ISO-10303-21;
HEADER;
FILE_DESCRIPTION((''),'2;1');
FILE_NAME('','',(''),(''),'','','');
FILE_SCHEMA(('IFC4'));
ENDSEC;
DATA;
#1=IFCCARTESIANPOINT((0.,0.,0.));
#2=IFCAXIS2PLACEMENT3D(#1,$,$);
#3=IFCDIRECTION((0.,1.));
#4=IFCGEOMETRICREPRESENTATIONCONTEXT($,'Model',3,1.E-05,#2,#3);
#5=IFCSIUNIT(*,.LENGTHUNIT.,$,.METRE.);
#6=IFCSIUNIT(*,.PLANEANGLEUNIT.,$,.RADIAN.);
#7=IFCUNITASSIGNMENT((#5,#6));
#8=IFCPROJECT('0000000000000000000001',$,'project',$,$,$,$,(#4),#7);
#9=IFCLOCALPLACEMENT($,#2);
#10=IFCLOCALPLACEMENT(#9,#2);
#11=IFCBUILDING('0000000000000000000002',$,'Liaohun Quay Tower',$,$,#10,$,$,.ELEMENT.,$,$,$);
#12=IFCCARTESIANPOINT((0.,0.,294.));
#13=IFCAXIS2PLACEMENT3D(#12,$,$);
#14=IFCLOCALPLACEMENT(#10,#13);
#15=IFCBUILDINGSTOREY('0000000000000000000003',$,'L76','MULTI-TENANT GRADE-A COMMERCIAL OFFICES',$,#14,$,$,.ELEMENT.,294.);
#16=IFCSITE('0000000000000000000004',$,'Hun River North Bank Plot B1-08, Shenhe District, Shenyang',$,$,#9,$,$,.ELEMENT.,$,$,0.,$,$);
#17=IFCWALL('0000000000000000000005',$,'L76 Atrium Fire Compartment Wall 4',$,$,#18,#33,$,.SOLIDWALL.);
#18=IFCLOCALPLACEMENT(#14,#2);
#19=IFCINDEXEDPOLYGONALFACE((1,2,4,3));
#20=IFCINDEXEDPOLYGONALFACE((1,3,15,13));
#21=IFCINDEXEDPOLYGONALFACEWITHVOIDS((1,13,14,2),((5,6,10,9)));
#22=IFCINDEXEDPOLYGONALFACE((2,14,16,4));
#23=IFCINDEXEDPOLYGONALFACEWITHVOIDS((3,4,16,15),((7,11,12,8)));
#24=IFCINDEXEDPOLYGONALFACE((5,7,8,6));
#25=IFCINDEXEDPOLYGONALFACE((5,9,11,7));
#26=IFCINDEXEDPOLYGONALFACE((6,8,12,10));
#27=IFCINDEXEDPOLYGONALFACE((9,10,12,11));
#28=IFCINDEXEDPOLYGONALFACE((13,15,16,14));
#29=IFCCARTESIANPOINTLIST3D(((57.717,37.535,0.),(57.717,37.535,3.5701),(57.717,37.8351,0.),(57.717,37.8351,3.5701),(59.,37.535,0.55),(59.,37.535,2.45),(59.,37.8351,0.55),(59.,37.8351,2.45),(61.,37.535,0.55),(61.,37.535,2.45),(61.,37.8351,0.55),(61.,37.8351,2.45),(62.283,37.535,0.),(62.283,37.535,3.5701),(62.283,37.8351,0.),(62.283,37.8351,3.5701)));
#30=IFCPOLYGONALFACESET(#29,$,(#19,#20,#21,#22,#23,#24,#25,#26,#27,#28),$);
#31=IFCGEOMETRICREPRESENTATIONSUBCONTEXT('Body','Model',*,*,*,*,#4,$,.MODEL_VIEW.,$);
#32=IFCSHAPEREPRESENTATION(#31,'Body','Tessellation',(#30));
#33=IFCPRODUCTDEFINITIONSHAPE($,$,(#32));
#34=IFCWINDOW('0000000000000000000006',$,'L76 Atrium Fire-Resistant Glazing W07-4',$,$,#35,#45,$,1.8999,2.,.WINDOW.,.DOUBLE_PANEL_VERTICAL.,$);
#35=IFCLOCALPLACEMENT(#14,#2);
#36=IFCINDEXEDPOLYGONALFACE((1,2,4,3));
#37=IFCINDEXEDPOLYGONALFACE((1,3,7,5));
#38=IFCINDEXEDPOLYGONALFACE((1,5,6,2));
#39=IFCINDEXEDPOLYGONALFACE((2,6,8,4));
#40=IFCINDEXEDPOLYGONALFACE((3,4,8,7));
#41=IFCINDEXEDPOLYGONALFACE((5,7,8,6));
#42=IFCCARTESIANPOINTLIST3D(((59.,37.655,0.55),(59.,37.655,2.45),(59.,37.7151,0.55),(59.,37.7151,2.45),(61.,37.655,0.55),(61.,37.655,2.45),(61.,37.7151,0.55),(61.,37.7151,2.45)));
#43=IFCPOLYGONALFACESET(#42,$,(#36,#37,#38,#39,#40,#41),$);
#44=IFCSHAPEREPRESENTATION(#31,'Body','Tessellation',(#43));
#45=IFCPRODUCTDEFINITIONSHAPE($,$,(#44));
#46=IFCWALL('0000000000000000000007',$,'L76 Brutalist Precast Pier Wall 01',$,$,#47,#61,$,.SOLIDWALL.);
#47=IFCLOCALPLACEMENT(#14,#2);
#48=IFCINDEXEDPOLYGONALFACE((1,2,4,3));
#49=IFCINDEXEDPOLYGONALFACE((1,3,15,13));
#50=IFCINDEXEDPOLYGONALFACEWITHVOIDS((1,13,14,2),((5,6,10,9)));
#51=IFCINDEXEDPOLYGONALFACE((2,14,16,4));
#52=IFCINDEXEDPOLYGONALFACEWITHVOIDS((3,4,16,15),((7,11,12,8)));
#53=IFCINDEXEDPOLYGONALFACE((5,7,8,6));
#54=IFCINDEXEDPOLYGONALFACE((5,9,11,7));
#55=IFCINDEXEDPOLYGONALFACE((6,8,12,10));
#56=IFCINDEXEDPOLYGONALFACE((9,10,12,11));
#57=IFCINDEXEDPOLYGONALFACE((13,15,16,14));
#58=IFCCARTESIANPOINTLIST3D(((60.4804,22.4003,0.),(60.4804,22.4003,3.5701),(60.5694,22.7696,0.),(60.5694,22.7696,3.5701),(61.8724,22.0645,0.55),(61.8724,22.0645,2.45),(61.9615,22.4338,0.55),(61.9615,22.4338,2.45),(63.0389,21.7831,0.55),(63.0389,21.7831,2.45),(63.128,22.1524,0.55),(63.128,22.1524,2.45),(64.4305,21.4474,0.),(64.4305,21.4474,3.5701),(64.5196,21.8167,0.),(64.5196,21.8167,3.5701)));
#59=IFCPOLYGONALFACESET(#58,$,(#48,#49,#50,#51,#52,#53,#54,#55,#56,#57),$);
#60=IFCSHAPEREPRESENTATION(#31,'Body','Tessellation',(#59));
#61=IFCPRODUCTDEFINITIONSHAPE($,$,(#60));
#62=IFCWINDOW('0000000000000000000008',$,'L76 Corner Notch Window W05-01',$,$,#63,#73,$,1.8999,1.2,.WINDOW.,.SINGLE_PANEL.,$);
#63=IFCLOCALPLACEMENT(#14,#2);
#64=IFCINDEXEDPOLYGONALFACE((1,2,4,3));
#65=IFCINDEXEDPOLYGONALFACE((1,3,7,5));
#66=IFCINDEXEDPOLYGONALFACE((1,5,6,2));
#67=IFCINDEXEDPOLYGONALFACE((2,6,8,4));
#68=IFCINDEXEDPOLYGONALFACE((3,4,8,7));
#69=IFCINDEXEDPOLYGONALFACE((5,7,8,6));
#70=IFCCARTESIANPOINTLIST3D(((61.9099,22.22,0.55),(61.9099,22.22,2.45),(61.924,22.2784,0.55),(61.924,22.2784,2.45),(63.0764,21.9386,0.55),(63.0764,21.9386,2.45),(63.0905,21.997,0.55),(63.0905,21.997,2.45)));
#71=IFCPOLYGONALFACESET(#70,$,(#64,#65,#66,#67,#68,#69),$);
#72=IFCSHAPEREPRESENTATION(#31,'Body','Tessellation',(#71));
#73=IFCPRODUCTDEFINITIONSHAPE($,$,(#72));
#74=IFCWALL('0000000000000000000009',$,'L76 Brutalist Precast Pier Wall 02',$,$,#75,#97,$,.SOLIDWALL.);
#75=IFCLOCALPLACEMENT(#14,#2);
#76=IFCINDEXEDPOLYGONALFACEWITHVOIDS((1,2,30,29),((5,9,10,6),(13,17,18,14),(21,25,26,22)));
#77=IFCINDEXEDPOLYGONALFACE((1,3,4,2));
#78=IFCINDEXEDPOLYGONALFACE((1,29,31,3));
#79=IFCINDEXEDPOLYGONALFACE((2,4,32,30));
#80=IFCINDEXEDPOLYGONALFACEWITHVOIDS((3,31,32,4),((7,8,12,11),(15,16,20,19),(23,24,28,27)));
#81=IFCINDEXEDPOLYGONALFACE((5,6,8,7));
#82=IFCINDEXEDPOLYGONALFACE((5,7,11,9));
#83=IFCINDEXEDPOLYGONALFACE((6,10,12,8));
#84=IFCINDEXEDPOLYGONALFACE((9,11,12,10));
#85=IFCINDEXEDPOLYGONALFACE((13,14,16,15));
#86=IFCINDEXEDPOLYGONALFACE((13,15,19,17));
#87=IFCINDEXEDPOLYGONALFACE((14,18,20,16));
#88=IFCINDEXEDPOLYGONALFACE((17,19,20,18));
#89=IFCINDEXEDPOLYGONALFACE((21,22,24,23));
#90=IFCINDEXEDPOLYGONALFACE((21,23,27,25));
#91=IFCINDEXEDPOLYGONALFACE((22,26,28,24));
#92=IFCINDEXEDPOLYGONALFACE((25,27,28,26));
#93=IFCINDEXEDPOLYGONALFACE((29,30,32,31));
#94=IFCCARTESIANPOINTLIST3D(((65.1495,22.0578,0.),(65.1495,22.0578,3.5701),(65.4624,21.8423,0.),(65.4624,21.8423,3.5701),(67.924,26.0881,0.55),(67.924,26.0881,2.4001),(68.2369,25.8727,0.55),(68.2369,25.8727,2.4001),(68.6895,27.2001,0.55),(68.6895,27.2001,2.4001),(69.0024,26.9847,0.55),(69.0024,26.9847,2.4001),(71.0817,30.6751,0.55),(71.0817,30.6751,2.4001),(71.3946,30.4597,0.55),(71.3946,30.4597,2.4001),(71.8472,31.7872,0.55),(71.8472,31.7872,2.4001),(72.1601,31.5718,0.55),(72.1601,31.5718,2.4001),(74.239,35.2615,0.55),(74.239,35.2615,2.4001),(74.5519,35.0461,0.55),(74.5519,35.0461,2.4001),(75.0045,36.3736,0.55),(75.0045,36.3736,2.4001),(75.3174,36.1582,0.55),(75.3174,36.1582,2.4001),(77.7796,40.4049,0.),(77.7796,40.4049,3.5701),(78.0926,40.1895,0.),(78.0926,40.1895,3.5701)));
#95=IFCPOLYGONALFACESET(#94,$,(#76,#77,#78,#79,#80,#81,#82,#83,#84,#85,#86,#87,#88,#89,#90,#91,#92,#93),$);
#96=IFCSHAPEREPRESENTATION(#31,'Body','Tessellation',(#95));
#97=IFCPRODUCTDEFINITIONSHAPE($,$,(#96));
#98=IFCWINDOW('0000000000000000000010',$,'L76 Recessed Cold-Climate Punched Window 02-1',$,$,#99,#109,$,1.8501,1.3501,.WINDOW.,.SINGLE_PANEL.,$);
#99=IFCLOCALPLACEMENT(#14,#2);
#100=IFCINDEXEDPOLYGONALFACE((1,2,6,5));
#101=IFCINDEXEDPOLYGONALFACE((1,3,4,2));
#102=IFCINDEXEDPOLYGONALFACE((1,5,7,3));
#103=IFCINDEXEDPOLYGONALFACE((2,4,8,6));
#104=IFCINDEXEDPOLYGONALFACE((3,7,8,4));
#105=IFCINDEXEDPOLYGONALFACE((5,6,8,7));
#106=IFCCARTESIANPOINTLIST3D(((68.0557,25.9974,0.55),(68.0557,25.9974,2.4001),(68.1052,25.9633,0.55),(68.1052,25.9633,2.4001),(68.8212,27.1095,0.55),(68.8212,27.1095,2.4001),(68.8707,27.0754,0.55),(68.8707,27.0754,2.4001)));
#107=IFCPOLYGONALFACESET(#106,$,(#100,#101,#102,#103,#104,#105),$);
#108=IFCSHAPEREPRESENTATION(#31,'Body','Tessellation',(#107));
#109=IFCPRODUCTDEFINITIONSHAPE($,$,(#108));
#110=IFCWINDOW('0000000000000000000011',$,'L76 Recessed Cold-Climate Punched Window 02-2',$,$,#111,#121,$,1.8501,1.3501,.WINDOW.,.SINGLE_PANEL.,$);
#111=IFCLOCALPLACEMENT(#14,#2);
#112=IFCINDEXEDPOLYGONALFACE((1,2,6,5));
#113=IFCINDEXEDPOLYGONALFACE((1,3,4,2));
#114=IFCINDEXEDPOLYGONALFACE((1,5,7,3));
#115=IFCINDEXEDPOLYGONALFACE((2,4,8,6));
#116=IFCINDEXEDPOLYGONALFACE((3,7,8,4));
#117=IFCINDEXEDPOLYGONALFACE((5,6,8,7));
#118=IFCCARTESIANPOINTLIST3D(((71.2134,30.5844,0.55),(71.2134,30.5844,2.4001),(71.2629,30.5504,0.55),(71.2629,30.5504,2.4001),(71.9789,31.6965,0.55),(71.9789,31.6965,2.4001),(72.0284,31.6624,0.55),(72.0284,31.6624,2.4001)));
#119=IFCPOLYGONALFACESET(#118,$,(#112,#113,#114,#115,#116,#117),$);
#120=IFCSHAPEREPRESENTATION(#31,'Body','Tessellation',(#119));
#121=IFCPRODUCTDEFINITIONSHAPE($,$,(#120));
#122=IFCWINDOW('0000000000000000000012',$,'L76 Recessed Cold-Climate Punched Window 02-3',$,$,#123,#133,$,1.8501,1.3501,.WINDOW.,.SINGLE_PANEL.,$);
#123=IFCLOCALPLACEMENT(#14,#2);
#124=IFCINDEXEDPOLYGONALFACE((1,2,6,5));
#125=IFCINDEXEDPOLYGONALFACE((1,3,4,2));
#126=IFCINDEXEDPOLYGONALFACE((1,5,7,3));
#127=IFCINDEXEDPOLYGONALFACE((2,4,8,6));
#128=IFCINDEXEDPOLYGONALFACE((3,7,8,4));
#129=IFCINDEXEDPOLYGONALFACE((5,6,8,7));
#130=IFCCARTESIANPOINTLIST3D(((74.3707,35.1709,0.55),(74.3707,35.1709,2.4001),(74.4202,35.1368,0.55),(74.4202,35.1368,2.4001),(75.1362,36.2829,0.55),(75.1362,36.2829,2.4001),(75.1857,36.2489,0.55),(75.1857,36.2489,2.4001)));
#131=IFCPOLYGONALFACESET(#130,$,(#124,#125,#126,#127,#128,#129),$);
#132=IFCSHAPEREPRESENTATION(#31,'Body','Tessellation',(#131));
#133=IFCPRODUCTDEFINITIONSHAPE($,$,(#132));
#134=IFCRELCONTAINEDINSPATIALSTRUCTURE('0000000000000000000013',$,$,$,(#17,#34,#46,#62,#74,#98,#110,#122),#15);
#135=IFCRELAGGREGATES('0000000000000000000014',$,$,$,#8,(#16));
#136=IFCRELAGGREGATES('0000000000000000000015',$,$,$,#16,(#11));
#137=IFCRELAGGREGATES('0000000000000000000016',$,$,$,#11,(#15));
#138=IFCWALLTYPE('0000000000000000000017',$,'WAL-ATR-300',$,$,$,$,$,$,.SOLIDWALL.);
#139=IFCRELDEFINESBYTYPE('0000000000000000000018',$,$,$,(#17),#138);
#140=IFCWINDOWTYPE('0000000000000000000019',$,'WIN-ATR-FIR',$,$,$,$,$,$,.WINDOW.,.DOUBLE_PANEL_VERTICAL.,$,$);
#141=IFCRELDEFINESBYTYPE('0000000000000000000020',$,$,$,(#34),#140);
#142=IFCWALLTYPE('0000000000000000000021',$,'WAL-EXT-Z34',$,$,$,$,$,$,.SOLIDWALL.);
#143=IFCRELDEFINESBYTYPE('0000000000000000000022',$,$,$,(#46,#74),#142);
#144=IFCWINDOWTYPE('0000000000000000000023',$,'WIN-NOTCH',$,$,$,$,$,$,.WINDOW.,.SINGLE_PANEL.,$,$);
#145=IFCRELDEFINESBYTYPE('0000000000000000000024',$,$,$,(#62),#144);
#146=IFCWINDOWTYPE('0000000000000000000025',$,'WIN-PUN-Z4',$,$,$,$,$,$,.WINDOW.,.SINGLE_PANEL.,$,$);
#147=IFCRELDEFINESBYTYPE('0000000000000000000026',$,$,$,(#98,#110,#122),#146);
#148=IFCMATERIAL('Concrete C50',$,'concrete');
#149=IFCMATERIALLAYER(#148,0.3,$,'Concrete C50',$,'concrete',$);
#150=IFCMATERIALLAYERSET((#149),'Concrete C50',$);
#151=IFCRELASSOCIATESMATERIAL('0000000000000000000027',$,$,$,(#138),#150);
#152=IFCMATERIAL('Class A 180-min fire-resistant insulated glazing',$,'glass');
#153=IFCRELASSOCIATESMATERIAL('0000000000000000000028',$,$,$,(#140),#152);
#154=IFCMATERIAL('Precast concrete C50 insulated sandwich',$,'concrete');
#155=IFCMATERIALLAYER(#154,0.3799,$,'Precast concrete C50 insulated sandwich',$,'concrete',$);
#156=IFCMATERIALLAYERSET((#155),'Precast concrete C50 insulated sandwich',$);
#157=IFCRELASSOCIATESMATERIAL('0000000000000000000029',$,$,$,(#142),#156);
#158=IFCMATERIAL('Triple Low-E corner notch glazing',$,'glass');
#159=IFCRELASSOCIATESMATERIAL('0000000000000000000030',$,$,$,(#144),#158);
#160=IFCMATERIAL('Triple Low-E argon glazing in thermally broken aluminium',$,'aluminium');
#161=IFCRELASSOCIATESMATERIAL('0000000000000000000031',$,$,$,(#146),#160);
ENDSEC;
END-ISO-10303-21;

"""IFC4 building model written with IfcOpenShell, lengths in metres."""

from ifc_helpers import new_model, si_unit, direction, frame, frame_2d, origin, place, context, subcontext, project, spatial, rectangle, extrude, source, transform, mapped, material, layer, layer_set, type_object, element, fill, save


model = new_model("IFC4")

# Units and contexts
model_context = context("Model", 3, precision=1e-05, world=origin(), true_north=direction((0.0, 1.0)))
body_context = subcontext(model_context, "Body", "Model", "MODEL_VIEW")
ifc_project = project(units=[si_unit("LENGTHUNIT", "METRE"), si_unit("PLANEANGLEUNIT", "RADIAN")], contexts=[model_context])

# Site, building, storey
site_placement = place(None, origin())
site = spatial("IfcSite", under=ifc_project, at=site_placement, Name="Hun River North Bank Plot B1-08, Shenhe District, Shenyang", CompositionType="ELEMENT", RefElevation=0.0)
building_placement = place(site_placement, origin())
building = spatial("IfcBuilding", under=site, at=building_placement, Name="Liaohun Quay Tower", CompositionType="ELEMENT")
storey_placement = place(building_placement, frame((0.0, 0.0, 294.0)))
storey = spatial("IfcBuildingStorey", under=building, at=storey_placement, Name="L76", Description="MULTI-TENANT GRADE-A COMMERCIAL OFFICES", CompositionType="ELEMENT", Elevation=294.0)

# Shared definitions
ifc_material_1 = material(Name="Concrete C50", Category="concrete")

# Walls, openings, windows
ifc_layer_1 = layer(ifc_material_1, 0.3, Name="Concrete C50", Category="concrete")
ifc_layer_set_1 = layer_set([ifc_layer_1], Name="Concrete C50")
wall_type_1 = type_object("IfcWallType", Name="WAL-ATR-300", PredefinedType="SOLIDWALL", material=ifc_layer_set_1)
shared_shape_1 = source(origin(), body_context, "Body", "SweptSolid", [
    extrude(rectangle(XDim=2.0, YDim=1.8999, at=frame_2d((1.0, 0.95))), frame((0.0, 0.1599, 0.0), z_axis=(0.0, -1.0, 0.0), x_axis=(1.0, 0.0, 0.0)), (0.0, 0.0, 1.0), 0.3201),
])
ifc_material_2 = material(Name="Class A 180-min fire-resistant insulated glazing", Category="glass")
window_type_1 = type_object("IfcWindowType", Name="WIN-ATR-FIR", PartitioningType="DOUBLE_PANEL_VERTICAL", PredefinedType="WINDOW", material=ifc_material_2)
shared_shape_2 = source(origin(), body_context, "Body", "SweptSolid", [
    extrude(rectangle(XDim=2.0, YDim=1.8999, at=frame_2d((1.0, 0.95))), frame((0.0, 0.03, 0.0), z_axis=(0.0, -1.0, 0.0), x_axis=(1.0, 0.0, 0.0)), (0.0, 0.0, 1.0), 0.0601),
])
wall_1_placement = place(storey_placement, frame((62.283, 37.6851, 0.0), z_axis=(0.0, 0.0, 1.0), x_axis=(-1.0, 0.0, 0.0)))
wall_1 = element("IfcWall", 1, at=wall_1_placement, inside=storey, type_object=wall_type_1, Name="L76 Atrium Fire Compartment Wall 4", PredefinedType="SOLIDWALL", context=body_context, shape_type="SweptSolid", body=[
    extrude(rectangle(XDim=4.5659, YDim=0.3, at=frame_2d((2.283, 0.0))), origin(), (0.0, 0.0, 1.0), 3.5701),
])
opening_1_placement = place(wall_1_placement, frame((1.283, 0.0, 0.55)))
opening_1 = element("IfcOpeningElement", 2, at=opening_1_placement, cuts=wall_1, PredefinedType="OPENING", context=body_context, shape_type="MappedRepresentation", body=[
    mapped(shared_shape_1, transform((0.0, 0.0, 0.0), x_axis=(1.0, 0.0, 0.0), y_axis=(0.0, 1.0, 0.0), z_axis=(0.0, 0.0, 1.0), scale=1.0)),
])
window_1_placement = place(opening_1_placement, origin())
window_1 = element("IfcWindow", 3, at=window_1_placement, inside=storey, type_object=window_type_1, Name="L76 Atrium Fire-Resistant Glazing W07-4", OverallHeight=1.8999, OverallWidth=2.0, PartitioningType="DOUBLE_PANEL_VERTICAL", PredefinedType="WINDOW", context=body_context, shape_type="MappedRepresentation", body=[
    mapped(shared_shape_2, transform((0.0, 0.0, 0.0), x_axis=(1.0, 0.0, 0.0), y_axis=(0.0, 1.0, 0.0), z_axis=(0.0, 0.0, 1.0), scale=1.0)),
])
fill(opening_1, window_1)
ifc_material_3 = material(Name="Precast concrete C50 insulated sandwich", Category="concrete")
ifc_layer_2 = layer(ifc_material_3, 0.3799, Name="Precast concrete C50 insulated sandwich", Category="concrete")
ifc_layer_set_2 = layer_set([ifc_layer_2], Name="Precast concrete C50 insulated sandwich")
wall_type_2 = type_object("IfcWallType", Name="WAL-EXT-Z34", PredefinedType="SOLIDWALL", material=ifc_layer_set_2)
wall_2_placement = place(storey_placement, frame((60.5249, 22.585, 0.0), z_axis=(0.0, 0.0, 1.0), x_axis=(0.972117, -0.234498, 0.0)))
wall_2 = element("IfcWall", 4, at=wall_2_placement, inside=storey, type_object=wall_type_2, Name="L76 Brutalist Precast Pier Wall 01", PredefinedType="SOLIDWALL", context=body_context, shape_type="SweptSolid", body=[
    extrude(rectangle(XDim=4.0635, YDim=0.3799, at=frame_2d((2.0317, 0.0))), origin(), (0.0, 0.0, 1.0), 3.5701),
])
shared_shape_3 = source(origin(), body_context, "Body", "SweptSolid", [
    extrude(rectangle(XDim=1.2, YDim=1.8999, at=frame_2d((0.6001, 0.95))), frame((0.0, 0.2, 0.0), z_axis=(0.0, -1.0, 0.0), x_axis=(1.0, 0.0, 0.0)), (0.0, 0.0, 1.0), 0.3999),
])
opening_2_placement = place(wall_2_placement, frame((1.4319, 0.0, 0.55)))
opening_2 = element("IfcOpeningElement", 5, at=opening_2_placement, cuts=wall_2, PredefinedType="OPENING", context=body_context, shape_type="MappedRepresentation", body=[
    mapped(shared_shape_3, transform((0.0, 0.0, 0.0), x_axis=(1.0, 0.0, 0.0), y_axis=(0.0, 1.0, 0.0), z_axis=(0.0, 0.0, 1.0), scale=1.0)),
])
ifc_material_4 = material(Name="Triple Low-E corner notch glazing", Category="glass")
window_type_2 = type_object("IfcWindowType", Name="WIN-NOTCH", PartitioningType="SINGLE_PANEL", PredefinedType="WINDOW", material=ifc_material_4)
shared_shape_4 = source(origin(), body_context, "Body", "SweptSolid", [
    extrude(rectangle(XDim=1.2, YDim=1.8999, at=frame_2d((0.6001, 0.95))), frame((0.0, 0.03, 0.0), z_axis=(0.0, -1.0, 0.0), x_axis=(1.0, 0.0, 0.0)), (0.0, 0.0, 1.0), 0.0601),
])
window_2_placement = place(opening_2_placement, origin())
window_2 = element("IfcWindow", 6, at=window_2_placement, inside=storey, type_object=window_type_2, Name="L76 Corner Notch Window W05-01", OverallHeight=1.8999, OverallWidth=1.2, PartitioningType="SINGLE_PANEL", PredefinedType="WINDOW", context=body_context, shape_type="MappedRepresentation", body=[
    mapped(shared_shape_4, transform((0.0, 0.0, 0.0), x_axis=(1.0, 0.0, 0.0), y_axis=(0.0, 1.0, 0.0), z_axis=(0.0, 0.0, 1.0), scale=1.0)),
])
fill(opening_2, window_2)

# Wall, openings, windows
wall_3_placement = place(storey_placement, frame((65.3059, 21.95, 0.0), z_axis=(0.0, 0.0, 1.0), x_axis=(0.56703, 0.823697, 0.0)))
wall_3 = element("IfcWall", 7, at=wall_3_placement, inside=storey, type_object=wall_type_2, Name="L76 Brutalist Precast Pier Wall 02", PredefinedType="SOLIDWALL", context=body_context, shape_type="SweptSolid", body=[
    extrude(rectangle(XDim=22.2742, YDim=0.3799, at=frame_2d((11.1372, 0.0))), origin(), (0.0, 0.0, 1.0), 3.5701),
])
shared_shape_5 = source(origin(), body_context, "Body", "SweptSolid", [
    extrude(rectangle(XDim=1.3501, YDim=1.8501, at=frame_2d((0.675, 0.925))), frame((0.0, 0.2, 0.0), z_axis=(0.0, -1.0, 0.0), x_axis=(1.0, 0.0, 0.0)), (0.0, 0.0, 1.0), 0.3999),
])
opening_3_placement = place(wall_3_placement, frame((4.8931, 0.0, 0.55)))
opening_3 = element("IfcOpeningElement", 8, at=opening_3_placement, cuts=wall_3, PredefinedType="OPENING", context=body_context, shape_type="MappedRepresentation", body=[
    mapped(shared_shape_5, transform((0.0, 0.0, 0.0), x_axis=(1.0, 0.0, 0.0), y_axis=(0.0, 1.0, 0.0), z_axis=(0.0, 0.0, 1.0), scale=1.0)),
])
opening_4_placement = place(wall_3_placement, frame((10.4619, 0.0, 0.55)))
opening_4 = element("IfcOpeningElement", 9, at=opening_4_placement, cuts=wall_3, PredefinedType="OPENING", context=body_context, shape_type="MappedRepresentation", body=[
    mapped(shared_shape_5, transform((0.0, 0.0, 0.0), x_axis=(1.0, 0.0, 0.0), y_axis=(0.0, 1.0, 0.0), z_axis=(0.0, 0.0, 1.0), scale=1.0)),
])
opening_5_placement = place(wall_3_placement, frame((16.03, 0.0, 0.55)))
opening_5 = element("IfcOpeningElement", 10, at=opening_5_placement, cuts=wall_3, PredefinedType="OPENING", context=body_context, shape_type="MappedRepresentation", body=[
    mapped(shared_shape_5, transform((0.0, 0.0, 0.0), x_axis=(1.0, 0.0, 0.0), y_axis=(0.0, 1.0, 0.0), z_axis=(0.0, 0.0, 1.0), scale=1.0)),
])
ifc_material_5 = material(Name="Triple Low-E argon glazing in thermally broken aluminium", Category="aluminium")
window_type_3 = type_object("IfcWindowType", Name="WIN-PUN-Z4", PartitioningType="SINGLE_PANEL", PredefinedType="WINDOW", material=ifc_material_5)
shared_shape_6 = source(origin(), body_context, "Body", "SweptSolid", [
    extrude(rectangle(XDim=1.3501, YDim=1.8501, at=frame_2d((0.675, 0.925))), frame((0.0, 0.03, 0.0), z_axis=(0.0, -1.0, 0.0), x_axis=(1.0, 0.0, 0.0)), (0.0, 0.0, 1.0), 0.0601),
])
window_3_placement = place(opening_3_placement, origin())
window_3 = element("IfcWindow", 11, at=window_3_placement, inside=storey, type_object=window_type_3, Name="L76 Recessed Cold-Climate Punched Window 02-1", OverallHeight=1.8501, OverallWidth=1.3501, PartitioningType="SINGLE_PANEL", PredefinedType="WINDOW", context=body_context, shape_type="MappedRepresentation", body=[
    mapped(shared_shape_6, transform((0.0, 0.0, 0.0), x_axis=(1.0, 0.0, 0.0), y_axis=(0.0, 1.0, 0.0), z_axis=(0.0, 0.0, 1.0), scale=1.0)),
])
fill(opening_3, window_3)
window_4_placement = place(opening_4_placement, origin())
window_4 = element("IfcWindow", 12, at=window_4_placement, inside=storey, type_object=window_type_3, Name="L76 Recessed Cold-Climate Punched Window 02-2", OverallHeight=1.8501, OverallWidth=1.3501, PartitioningType="SINGLE_PANEL", PredefinedType="WINDOW", context=body_context, shape_type="MappedRepresentation", body=[
    mapped(shared_shape_6, transform((0.0, 0.0, 0.0), x_axis=(1.0, 0.0, 0.0), y_axis=(0.0, 1.0, 0.0), z_axis=(0.0, 0.0, 1.0), scale=1.0)),
])
fill(opening_4, window_4)
window_5_placement = place(opening_5_placement, origin())
window_5 = element("IfcWindow", 13, at=window_5_placement, inside=storey, type_object=window_type_3, Name="L76 Recessed Cold-Climate Punched Window 02-3", OverallHeight=1.8501, OverallWidth=1.3501, PartitioningType="SINGLE_PANEL", PredefinedType="WINDOW", context=body_context, shape_type="MappedRepresentation", body=[
    mapped(shared_shape_6, transform((0.0, 0.0, 0.0), x_axis=(1.0, 0.0, 0.0), y_axis=(0.0, 1.0, 0.0), z_axis=(0.0, 0.0, 1.0), scale=1.0)),
])
fill(opening_5, window_5)

save(model, "model.ifc")
